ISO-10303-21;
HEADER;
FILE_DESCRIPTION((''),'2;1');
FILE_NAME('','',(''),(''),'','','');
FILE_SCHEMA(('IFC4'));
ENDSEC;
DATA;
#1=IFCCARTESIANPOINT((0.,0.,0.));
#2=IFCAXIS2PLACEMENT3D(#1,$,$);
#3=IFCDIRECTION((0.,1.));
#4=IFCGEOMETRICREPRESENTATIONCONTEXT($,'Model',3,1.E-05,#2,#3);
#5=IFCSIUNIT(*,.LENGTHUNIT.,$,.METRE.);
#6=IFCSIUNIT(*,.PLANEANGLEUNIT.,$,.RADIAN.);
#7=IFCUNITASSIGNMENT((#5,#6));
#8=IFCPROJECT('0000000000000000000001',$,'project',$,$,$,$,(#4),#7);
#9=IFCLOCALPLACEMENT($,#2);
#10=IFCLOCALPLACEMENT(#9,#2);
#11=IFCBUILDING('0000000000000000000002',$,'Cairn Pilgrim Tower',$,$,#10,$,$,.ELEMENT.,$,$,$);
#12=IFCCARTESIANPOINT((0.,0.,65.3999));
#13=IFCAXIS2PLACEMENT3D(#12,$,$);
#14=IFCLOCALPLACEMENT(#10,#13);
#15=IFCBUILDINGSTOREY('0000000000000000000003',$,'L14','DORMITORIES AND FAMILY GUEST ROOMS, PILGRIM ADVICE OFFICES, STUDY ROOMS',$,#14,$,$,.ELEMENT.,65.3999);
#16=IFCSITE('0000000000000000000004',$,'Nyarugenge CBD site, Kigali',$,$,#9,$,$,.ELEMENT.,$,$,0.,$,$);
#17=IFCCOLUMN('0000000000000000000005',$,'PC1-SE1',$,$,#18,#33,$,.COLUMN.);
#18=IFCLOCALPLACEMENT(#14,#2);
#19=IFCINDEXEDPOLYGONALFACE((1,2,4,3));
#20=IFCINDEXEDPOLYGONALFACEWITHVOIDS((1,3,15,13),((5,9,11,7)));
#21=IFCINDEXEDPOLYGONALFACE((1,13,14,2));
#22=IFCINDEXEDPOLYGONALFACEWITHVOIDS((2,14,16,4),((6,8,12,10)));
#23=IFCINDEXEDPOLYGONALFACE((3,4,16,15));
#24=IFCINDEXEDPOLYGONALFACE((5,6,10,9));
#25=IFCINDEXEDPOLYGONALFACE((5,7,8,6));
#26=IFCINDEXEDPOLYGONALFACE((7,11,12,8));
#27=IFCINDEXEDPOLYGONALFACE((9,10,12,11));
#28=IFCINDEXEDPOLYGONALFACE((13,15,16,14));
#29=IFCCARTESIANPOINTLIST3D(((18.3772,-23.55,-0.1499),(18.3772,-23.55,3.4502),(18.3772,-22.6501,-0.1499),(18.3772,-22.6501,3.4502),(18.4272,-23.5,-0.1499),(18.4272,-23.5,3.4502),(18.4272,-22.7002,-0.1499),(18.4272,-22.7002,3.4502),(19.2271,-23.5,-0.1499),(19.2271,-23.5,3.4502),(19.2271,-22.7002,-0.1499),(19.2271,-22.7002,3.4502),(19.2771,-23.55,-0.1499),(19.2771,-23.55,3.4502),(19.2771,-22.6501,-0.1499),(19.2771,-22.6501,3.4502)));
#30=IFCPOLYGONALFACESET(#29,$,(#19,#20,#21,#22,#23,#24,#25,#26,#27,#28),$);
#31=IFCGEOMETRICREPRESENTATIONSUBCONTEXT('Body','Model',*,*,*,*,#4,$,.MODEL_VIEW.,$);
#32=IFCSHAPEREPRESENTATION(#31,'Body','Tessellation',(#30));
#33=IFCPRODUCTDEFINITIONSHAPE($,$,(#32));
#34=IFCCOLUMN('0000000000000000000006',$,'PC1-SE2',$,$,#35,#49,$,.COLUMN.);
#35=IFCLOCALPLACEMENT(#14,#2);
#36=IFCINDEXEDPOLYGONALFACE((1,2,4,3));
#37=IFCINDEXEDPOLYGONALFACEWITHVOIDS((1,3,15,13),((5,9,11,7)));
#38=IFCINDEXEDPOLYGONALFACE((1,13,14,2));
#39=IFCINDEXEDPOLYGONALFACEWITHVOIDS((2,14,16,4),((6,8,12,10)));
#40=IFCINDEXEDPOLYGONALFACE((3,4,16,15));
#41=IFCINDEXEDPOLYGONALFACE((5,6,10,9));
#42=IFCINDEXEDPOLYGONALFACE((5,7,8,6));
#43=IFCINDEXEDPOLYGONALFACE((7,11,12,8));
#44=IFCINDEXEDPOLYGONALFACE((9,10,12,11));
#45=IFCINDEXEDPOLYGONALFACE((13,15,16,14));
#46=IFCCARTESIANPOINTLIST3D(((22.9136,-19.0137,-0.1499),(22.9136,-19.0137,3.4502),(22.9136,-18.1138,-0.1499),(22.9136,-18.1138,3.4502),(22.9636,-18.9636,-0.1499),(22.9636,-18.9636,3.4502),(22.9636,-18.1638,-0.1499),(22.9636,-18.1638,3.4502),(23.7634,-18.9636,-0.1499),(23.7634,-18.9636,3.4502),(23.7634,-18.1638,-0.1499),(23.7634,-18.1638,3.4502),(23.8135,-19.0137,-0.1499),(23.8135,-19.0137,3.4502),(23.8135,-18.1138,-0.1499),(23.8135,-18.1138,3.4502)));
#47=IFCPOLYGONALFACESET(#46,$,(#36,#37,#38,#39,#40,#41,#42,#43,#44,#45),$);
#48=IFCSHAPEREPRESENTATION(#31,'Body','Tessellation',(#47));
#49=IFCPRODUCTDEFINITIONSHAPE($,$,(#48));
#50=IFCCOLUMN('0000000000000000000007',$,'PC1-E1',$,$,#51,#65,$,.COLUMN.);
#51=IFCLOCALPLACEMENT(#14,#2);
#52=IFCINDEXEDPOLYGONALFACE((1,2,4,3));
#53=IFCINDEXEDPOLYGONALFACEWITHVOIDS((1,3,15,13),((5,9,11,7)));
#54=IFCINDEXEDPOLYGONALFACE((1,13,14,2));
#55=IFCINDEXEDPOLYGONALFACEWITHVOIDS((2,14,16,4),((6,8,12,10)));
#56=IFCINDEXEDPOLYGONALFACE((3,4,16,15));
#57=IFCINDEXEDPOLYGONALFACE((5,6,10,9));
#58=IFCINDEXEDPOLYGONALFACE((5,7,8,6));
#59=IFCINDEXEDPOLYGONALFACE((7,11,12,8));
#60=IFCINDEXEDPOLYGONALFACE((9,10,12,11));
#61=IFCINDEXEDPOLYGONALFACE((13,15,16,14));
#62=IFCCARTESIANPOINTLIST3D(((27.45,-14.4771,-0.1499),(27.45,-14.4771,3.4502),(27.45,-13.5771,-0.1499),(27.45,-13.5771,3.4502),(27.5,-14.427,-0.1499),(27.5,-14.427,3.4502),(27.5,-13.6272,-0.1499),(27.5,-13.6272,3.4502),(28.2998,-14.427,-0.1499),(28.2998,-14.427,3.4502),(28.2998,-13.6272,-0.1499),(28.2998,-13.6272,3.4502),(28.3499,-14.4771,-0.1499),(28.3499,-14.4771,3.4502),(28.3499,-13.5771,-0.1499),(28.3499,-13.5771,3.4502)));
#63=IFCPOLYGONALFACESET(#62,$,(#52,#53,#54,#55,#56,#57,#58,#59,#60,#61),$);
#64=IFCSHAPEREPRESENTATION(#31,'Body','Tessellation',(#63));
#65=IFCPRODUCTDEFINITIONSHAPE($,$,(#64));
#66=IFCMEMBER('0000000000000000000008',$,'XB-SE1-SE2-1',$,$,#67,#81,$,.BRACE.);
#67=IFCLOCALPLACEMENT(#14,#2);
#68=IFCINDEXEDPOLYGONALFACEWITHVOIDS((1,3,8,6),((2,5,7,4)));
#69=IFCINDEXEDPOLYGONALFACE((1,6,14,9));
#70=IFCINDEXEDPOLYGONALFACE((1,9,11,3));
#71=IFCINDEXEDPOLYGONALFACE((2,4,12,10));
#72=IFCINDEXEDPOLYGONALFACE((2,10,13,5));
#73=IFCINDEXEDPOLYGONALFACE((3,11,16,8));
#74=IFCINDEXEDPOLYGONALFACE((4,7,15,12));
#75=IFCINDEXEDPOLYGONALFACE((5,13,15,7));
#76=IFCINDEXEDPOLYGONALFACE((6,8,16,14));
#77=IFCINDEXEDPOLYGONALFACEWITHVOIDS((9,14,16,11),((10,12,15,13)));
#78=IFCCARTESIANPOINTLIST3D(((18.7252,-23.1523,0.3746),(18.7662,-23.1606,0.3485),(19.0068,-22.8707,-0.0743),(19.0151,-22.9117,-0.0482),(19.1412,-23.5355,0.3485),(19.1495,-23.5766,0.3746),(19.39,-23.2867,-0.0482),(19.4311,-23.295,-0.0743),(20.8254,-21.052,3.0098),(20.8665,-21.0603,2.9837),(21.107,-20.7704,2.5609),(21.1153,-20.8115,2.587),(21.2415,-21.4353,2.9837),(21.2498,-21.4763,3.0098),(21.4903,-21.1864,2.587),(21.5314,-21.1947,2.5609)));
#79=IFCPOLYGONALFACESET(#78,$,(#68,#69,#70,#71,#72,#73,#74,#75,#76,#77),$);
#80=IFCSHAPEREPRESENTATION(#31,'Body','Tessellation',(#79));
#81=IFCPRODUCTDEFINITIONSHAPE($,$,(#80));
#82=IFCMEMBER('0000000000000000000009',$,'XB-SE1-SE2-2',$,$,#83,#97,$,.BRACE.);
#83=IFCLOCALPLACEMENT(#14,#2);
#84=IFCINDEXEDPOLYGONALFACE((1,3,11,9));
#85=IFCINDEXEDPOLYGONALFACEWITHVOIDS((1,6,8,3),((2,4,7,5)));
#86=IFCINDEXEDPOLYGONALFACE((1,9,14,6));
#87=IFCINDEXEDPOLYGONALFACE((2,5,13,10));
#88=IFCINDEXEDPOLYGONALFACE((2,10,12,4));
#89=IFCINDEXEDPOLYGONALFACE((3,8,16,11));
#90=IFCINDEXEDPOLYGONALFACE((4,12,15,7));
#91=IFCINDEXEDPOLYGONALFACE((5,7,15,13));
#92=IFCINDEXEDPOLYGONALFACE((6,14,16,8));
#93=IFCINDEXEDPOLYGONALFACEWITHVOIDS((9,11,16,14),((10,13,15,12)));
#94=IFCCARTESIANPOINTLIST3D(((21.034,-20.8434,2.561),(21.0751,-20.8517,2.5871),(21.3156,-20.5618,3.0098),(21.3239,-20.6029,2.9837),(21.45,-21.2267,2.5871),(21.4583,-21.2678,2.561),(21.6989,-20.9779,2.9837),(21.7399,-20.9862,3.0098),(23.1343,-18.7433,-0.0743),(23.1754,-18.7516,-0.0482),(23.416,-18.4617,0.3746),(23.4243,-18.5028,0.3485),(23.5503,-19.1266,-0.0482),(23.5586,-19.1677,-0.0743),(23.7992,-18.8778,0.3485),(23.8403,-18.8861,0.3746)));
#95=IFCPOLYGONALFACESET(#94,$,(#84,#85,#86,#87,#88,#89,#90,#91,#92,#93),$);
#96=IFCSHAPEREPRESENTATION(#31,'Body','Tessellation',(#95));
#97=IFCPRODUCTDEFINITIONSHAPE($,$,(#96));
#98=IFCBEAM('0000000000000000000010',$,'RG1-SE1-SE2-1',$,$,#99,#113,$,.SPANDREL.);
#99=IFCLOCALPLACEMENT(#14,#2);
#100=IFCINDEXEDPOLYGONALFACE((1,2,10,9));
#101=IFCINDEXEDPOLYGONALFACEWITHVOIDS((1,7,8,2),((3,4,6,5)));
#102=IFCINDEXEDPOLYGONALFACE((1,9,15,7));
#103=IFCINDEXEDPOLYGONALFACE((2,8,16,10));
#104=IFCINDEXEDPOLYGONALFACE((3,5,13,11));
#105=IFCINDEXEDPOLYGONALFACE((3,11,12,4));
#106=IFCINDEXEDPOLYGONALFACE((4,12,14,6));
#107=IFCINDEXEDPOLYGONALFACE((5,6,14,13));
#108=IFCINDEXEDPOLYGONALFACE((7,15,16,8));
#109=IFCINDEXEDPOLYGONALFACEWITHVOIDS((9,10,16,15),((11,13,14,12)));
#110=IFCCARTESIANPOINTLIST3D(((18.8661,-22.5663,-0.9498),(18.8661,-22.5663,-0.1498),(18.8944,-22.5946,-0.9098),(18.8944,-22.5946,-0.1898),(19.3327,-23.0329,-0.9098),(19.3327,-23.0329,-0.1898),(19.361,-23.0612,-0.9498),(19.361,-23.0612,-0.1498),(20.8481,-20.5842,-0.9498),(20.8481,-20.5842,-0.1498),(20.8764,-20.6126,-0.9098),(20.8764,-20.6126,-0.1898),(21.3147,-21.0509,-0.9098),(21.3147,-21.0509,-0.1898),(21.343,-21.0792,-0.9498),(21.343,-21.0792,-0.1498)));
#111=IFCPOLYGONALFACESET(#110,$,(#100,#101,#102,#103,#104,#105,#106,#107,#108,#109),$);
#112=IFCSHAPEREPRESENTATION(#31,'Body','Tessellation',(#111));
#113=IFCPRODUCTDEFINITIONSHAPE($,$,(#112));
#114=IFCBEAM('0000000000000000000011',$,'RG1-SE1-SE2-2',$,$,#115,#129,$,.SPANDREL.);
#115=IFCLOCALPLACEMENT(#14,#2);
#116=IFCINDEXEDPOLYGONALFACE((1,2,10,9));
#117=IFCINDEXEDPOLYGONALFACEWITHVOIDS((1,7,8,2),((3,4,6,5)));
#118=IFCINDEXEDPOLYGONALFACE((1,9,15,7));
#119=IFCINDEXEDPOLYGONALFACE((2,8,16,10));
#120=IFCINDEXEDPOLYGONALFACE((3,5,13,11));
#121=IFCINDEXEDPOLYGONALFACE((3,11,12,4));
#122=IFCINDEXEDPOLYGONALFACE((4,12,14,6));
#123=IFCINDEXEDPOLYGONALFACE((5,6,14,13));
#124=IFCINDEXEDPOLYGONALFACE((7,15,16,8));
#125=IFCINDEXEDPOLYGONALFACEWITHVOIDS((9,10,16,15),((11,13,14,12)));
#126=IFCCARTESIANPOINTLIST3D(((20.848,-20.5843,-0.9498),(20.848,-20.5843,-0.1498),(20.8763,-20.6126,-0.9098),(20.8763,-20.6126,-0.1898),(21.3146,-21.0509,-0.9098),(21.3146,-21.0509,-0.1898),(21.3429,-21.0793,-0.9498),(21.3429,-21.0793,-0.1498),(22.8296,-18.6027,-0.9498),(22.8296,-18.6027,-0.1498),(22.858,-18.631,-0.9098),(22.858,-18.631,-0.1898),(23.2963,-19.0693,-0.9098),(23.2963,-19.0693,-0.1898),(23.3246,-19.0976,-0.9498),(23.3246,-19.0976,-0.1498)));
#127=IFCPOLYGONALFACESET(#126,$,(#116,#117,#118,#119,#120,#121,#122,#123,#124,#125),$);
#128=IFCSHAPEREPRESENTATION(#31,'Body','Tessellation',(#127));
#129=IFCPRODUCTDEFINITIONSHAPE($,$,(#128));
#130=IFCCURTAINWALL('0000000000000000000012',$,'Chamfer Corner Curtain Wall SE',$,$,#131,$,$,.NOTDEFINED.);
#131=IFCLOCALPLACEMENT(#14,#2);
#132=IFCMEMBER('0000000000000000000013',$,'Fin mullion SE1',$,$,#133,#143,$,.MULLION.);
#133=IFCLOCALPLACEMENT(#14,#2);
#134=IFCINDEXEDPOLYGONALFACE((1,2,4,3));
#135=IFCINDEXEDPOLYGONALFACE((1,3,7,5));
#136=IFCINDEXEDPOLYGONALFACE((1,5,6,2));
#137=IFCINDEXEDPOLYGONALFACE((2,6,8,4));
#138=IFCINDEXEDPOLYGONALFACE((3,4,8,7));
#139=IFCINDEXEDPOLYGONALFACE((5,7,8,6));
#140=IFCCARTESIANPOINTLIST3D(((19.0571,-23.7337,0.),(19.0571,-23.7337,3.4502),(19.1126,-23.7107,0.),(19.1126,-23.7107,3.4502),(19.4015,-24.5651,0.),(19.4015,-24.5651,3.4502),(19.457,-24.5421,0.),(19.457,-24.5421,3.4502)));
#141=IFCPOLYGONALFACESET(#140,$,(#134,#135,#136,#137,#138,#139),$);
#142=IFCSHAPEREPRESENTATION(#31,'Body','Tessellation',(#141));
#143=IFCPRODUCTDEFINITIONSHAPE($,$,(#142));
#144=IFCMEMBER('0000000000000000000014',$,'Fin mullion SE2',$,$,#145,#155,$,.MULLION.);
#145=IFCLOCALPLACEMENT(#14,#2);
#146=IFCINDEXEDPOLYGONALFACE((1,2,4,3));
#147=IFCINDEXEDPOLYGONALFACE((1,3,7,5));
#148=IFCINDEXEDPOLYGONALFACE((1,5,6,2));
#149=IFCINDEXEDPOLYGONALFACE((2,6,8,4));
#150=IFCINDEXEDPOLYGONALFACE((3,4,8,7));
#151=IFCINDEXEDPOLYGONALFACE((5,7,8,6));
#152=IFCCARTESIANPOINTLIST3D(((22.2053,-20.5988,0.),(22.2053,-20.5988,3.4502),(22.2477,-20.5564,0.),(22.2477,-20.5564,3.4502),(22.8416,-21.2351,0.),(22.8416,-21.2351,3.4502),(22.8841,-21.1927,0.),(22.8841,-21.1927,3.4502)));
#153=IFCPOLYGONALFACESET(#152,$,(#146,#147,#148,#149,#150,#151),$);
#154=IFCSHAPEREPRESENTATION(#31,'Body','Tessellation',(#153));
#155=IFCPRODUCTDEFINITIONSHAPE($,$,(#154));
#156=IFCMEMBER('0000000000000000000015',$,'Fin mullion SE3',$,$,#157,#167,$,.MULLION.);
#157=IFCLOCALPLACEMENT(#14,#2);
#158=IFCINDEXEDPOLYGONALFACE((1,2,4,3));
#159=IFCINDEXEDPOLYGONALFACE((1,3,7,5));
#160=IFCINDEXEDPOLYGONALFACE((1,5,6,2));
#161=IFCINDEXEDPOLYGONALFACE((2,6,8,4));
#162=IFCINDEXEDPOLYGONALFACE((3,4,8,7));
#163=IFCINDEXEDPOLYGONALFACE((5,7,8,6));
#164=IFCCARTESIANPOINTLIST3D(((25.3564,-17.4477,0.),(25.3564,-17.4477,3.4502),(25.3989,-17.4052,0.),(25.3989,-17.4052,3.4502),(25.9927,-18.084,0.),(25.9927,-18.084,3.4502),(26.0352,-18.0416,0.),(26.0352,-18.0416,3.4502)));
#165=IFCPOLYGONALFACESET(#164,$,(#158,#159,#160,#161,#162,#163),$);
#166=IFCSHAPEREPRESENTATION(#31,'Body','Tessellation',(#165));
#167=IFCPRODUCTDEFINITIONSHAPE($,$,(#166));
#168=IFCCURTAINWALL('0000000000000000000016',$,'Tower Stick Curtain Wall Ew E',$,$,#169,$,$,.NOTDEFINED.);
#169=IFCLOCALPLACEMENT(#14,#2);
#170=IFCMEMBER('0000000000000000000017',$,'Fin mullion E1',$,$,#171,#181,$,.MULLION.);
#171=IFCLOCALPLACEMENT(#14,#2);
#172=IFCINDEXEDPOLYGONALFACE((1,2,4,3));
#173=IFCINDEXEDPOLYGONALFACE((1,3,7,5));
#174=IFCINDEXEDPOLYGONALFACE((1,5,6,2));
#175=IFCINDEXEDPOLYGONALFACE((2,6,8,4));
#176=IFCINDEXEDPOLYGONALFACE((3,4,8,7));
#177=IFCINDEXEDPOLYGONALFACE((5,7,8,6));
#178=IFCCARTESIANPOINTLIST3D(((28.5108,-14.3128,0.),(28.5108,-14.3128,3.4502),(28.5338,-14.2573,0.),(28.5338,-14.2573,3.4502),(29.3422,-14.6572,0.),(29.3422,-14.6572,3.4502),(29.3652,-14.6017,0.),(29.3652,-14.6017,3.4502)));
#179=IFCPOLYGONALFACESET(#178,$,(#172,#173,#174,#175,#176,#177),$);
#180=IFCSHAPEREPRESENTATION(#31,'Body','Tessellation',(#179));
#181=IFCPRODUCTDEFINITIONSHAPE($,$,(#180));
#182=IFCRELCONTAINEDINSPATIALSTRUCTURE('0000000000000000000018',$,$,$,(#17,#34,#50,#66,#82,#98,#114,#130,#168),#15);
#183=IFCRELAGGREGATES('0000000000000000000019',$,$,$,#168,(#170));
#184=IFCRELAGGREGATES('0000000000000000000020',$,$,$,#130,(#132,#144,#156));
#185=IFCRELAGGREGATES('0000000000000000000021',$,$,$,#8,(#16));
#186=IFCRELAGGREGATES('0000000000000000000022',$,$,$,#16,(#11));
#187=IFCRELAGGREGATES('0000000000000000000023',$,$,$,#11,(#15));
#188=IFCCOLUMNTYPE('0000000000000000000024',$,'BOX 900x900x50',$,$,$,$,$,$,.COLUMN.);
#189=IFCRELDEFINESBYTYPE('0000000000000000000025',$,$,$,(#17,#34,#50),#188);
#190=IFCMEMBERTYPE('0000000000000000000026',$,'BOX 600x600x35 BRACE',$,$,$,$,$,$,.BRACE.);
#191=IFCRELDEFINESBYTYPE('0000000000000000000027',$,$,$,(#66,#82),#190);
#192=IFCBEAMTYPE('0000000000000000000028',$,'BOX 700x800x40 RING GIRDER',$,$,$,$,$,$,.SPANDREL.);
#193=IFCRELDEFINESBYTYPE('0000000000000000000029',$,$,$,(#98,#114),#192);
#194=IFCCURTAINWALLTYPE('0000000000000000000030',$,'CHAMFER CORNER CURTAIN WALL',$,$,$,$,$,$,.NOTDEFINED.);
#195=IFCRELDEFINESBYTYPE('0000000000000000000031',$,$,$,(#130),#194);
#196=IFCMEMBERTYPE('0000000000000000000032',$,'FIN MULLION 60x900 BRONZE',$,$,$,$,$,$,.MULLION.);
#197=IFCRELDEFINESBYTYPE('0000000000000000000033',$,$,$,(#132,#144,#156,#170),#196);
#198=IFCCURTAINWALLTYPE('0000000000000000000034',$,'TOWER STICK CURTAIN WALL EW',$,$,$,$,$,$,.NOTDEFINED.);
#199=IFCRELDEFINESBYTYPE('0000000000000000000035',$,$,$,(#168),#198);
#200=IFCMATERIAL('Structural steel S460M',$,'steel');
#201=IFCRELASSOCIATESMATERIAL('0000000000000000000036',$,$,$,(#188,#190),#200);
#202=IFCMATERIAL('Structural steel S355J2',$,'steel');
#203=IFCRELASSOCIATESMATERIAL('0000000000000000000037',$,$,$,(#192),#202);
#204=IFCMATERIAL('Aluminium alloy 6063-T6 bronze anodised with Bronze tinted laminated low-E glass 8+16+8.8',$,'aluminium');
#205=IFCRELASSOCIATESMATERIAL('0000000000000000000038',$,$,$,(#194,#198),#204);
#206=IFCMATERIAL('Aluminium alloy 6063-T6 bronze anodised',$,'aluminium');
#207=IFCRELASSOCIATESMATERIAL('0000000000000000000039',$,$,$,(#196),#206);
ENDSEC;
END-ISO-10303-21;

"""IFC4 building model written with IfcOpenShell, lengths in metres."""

from ifc_helpers import new_model, si_unit, direction, frame, origin, origin_2d, place, context, subcontext, project, spatial, rectangle, hollow_rectangle, extrude, material, material_profile, profile_set, type_object, element, aggregate, save


model = new_model("IFC4")

# Units and contexts
model_context = context("Model", 3, precision=1e-05, world=origin(), true_north=direction((0.0, 1.0)))
body_context = subcontext(model_context, "Body", "Model", "MODEL_VIEW")
ifc_project = project(units=[si_unit("LENGTHUNIT", "METRE"), si_unit("PLANEANGLEUNIT", "RADIAN")], contexts=[model_context])

# Site, building, storey
site_placement = place(None, origin())
site = spatial("IfcSite", under=ifc_project, at=site_placement, Name="Nyarugenge CBD site, Kigali", CompositionType="ELEMENT", RefElevation=0.0)
building_placement = place(site_placement, origin())
building = spatial("IfcBuilding", under=site, at=building_placement, Name="Cairn Pilgrim Tower", CompositionType="ELEMENT")
storey_placement = place(building_placement, frame((0.0, 0.0, 65.3999)))
storey = spatial("IfcBuildingStorey", under=building, at=storey_placement, Name="L14", Description="DORMITORIES AND FAMILY GUEST ROOMS, PILGRIM ADVICE OFFICES, STUDY ROOMS", CompositionType="ELEMENT", Elevation=65.3999)

# Columns
ifc_material_1 = material(Name="Structural steel S460M", Category="steel")
ifc_material_profile_1 = material_profile(ifc_material_1, hollow_rectangle(XDim=0.8999, YDim=0.8999, WallThickness=0.05, at=origin_2d()), Name="BOX 900x900x50")
ifc_profile_set_1 = profile_set([ifc_material_profile_1], Name="Structural steel S460M")
column_type = type_object("IfcColumnType", Name="BOX 900x900x50", PredefinedType="COLUMN", material=ifc_profile_set_1)
for number, where, z_axis, x_axis, name in (
    (1, (18.8271, -23.1001, -0.1499), (0.0, 0.0, 1.0), (1.0, 0.0, 0.0), "PC1-SE1"),
    (2, (23.3635, -18.5637, -0.1499), (0.0, 0.0, 1.0), (1.0, 0.0, 0.0), "PC1-SE2"),
    (3, (27.8999, -14.0271, -0.1499), (0.0, 0.0, 1.0), (1.0, 0.0, 0.0), "PC1-E1"),
):
    element("IfcColumn", number, at=place(storey_placement, frame(where, z_axis=z_axis, x_axis=x_axis)), inside=storey, type_object=column_type, Name=name, PredefinedType="COLUMN", context=body_context, shape_type="SweptSolid", body=[
        extrude(hollow_rectangle(XDim=0.8999, YDim=0.8999, WallThickness=0.05, at=origin_2d()), origin(), (0.0, 0.0, 1.0), 3.6001),
    ])

# Members
ifc_material_profile_2 = material_profile(ifc_material_1, hollow_rectangle(XDim=0.6001, YDim=0.6001, WallThickness=0.0349, at=origin_2d()), Name="BOX 600x600x35")
ifc_profile_set_2 = profile_set([ifc_material_profile_2], Name="Structural steel S460M")
member_type_1 = type_object("IfcMemberType", Name="BOX 600x600x35 BRACE", PredefinedType="BRACE", material=ifc_profile_set_2)
for number, where, z_axis, x_axis, name in (
    (4, (19.0781, -23.2236, 0.1501), (0.528944, 0.528944, 0.663654), (-0.707107, 0.707107, 0.0), "XB-SE1-SE2-1"),
    (5, (23.4873, -18.8147, 0.1501), (-0.528961, -0.528899, 0.663676), (0.707066, -0.707148, 0.0), "XB-SE1-SE2-2"),
):
    element("IfcMember", number, at=place(storey_placement, frame(where, z_axis=z_axis, x_axis=x_axis)), inside=storey, type_object=member_type_1, Name=name, PredefinedType="BRACE", context=body_context, shape_type="SweptSolid", body=[
        extrude(hollow_rectangle(XDim=0.6001, YDim=0.6001, WallThickness=0.0349, at=origin_2d()), origin(), (0.0, 0.0, 1.0), 3.9707),
    ])

# Beams
ifc_material_2 = material(Name="Structural steel S355J2", Category="steel")
ifc_material_profile_3 = material_profile(ifc_material_2, hollow_rectangle(XDim=0.7, YDim=0.8, WallThickness=0.04, at=origin_2d()), Name="BOX 700x800x40")
ifc_profile_set_3 = profile_set([ifc_material_profile_3], Name="Structural steel S355J2")
beam_type_1 = type_object("IfcBeamType", Name="BOX 700x800x40 RING GIRDER", PredefinedType="SPANDREL", material=ifc_profile_set_3)
beam_1_placement = place(storey_placement, frame((19.1135, -22.8137, -0.5498), z_axis=(0.707107, 0.707107, 0.0), x_axis=(-0.707107, 0.707107, 0.0)))
element("IfcBeam", 6, at=beam_1_placement, inside=storey, type_object=beam_type_1, Name="RG1-SE1-SE2-1", PredefinedType="SPANDREL", context=body_context, shape_type="SweptSolid", body=[
    extrude(hollow_rectangle(XDim=0.7, YDim=0.8, WallThickness=0.04, at=origin_2d()), origin(), (0.0, 0.0, 1.0), 2.803),
])
beam_2_placement = place(storey_placement, frame((21.0955, -20.8318, -0.5498), z_axis=(0.707107, 0.707107, 0.0), x_axis=(-0.707107, 0.707107, 0.0)))
element("IfcBeam", 7, at=beam_2_placement, inside=storey, type_object=beam_type_1, Name="RG1-SE1-SE2-2", PredefinedType="SPANDREL", context=body_context, shape_type="SweptSolid", body=[
    extrude(hollow_rectangle(XDim=0.7, YDim=0.8, WallThickness=0.04, at=origin_2d()), origin(), (0.0, 0.0, 1.0), 2.8025),
])

# Curtain wall, members
ifc_material_3 = material(Name="Aluminium alloy 6063-T6 bronze anodised with Bronze tinted laminated low-E glass 8+16+8.8", Category="aluminium")
curtain_wall_type_1 = type_object("IfcCurtainWallType", Name="CHAMFER CORNER CURTAIN WALL", PredefinedType="NOTDEFINED", material=ifc_material_3)
curtain_wall_1_placement = place(storey_placement, origin())
curtain_wall_1 = element("IfcCurtainWall", 8, at=curtain_wall_1_placement, inside=storey, type_object=curtain_wall_type_1, Name="Chamfer Corner Curtain Wall SE", PredefinedType="NOTDEFINED")
ifc_material_4 = material(Name="Aluminium alloy 6063-T6 bronze anodised", Category="aluminium")
ifc_material_profile_4 = material_profile(ifc_material_4, rectangle(XDim=0.8999, YDim=0.0601, at=origin_2d()), Name="FIN MULLION 60x900 BRONZE")
ifc_profile_set_4 = profile_set([ifc_material_profile_4], Name="Aluminium alloy 6063-T6 bronze anodised")
member_type_2 = type_object("IfcMemberType", Name="FIN MULLION 60x900 BRONZE", PredefinedType="MULLION", material=ifc_profile_set_4)
member_1_placement = place(storey_placement, frame((19.2571, -24.1379, 0.0), z_axis=(0.0, 0.0, 1.0), x_axis=(0.382683, -0.92388, 0.0)))
member_1 = element("IfcMember", 9, at=member_1_placement, type_object=member_type_2, Name="Fin mullion SE1", PredefinedType="MULLION", context=body_context, shape_type="SweptSolid", body=[
    extrude(rectangle(XDim=0.8999, YDim=0.0601, at=origin_2d()), origin(), (0.0, 0.0, 1.0), 3.4502),
])
member_2_placement = place(storey_placement, frame((22.5447, -20.8958, 0.0), z_axis=(0.0, 0.0, 1.0), x_axis=(0.707107, -0.707107, 0.0)))
member_2 = element("IfcMember", 10, at=member_2_placement, type_object=member_type_2, Name="Fin mullion SE2", PredefinedType="MULLION", context=body_context, shape_type="SweptSolid", body=[
    extrude(rectangle(XDim=0.8999, YDim=0.0601, at=origin_2d()), origin(), (0.0, 0.0, 1.0), 3.4502),
])
member_3_placement = place(storey_placement, frame((25.6958, -17.7446, 0.0), z_axis=(0.0, 0.0, 1.0), x_axis=(0.707107, -0.707107, 0.0)))
member_3 = element("IfcMember", 11, at=member_3_placement, type_object=member_type_2, Name="Fin mullion SE3", PredefinedType="MULLION", context=body_context, shape_type="SweptSolid", body=[
    extrude(rectangle(XDim=0.8999, YDim=0.0601, at=origin_2d()), origin(), (0.0, 0.0, 1.0), 3.4502),
])

# Curtain wall, member
curtain_wall_type_2 = type_object("IfcCurtainWallType", Name="TOWER STICK CURTAIN WALL EW", PredefinedType="NOTDEFINED", material=ifc_material_3)
curtain_wall_2_placement = place(storey_placement, origin())
curtain_wall_2 = element("IfcCurtainWall", 12, at=curtain_wall_2_placement, inside=storey, type_object=curtain_wall_type_2, Name="Tower Stick Curtain Wall Ew E", PredefinedType="NOTDEFINED")
member_4_placement = place(storey_placement, frame((28.938, -14.4573, 0.0), z_axis=(0.0, 0.0, 1.0), x_axis=(0.92388, -0.382683, 0.0)))
member_4 = element("IfcMember", 13, at=member_4_placement, type_object=member_type_2, Name="Fin mullion E1", PredefinedType="MULLION", context=body_context, shape_type="SweptSolid", body=[
    extrude(rectangle(XDim=0.8999, YDim=0.0601, at=origin_2d()), origin(), (0.0, 0.0, 1.0), 3.4502),
])

aggregate(curtain_wall_2, [member_4])

aggregate(curtain_wall_1, [member_1, member_2, member_3])

save(model, "model.ifc")
